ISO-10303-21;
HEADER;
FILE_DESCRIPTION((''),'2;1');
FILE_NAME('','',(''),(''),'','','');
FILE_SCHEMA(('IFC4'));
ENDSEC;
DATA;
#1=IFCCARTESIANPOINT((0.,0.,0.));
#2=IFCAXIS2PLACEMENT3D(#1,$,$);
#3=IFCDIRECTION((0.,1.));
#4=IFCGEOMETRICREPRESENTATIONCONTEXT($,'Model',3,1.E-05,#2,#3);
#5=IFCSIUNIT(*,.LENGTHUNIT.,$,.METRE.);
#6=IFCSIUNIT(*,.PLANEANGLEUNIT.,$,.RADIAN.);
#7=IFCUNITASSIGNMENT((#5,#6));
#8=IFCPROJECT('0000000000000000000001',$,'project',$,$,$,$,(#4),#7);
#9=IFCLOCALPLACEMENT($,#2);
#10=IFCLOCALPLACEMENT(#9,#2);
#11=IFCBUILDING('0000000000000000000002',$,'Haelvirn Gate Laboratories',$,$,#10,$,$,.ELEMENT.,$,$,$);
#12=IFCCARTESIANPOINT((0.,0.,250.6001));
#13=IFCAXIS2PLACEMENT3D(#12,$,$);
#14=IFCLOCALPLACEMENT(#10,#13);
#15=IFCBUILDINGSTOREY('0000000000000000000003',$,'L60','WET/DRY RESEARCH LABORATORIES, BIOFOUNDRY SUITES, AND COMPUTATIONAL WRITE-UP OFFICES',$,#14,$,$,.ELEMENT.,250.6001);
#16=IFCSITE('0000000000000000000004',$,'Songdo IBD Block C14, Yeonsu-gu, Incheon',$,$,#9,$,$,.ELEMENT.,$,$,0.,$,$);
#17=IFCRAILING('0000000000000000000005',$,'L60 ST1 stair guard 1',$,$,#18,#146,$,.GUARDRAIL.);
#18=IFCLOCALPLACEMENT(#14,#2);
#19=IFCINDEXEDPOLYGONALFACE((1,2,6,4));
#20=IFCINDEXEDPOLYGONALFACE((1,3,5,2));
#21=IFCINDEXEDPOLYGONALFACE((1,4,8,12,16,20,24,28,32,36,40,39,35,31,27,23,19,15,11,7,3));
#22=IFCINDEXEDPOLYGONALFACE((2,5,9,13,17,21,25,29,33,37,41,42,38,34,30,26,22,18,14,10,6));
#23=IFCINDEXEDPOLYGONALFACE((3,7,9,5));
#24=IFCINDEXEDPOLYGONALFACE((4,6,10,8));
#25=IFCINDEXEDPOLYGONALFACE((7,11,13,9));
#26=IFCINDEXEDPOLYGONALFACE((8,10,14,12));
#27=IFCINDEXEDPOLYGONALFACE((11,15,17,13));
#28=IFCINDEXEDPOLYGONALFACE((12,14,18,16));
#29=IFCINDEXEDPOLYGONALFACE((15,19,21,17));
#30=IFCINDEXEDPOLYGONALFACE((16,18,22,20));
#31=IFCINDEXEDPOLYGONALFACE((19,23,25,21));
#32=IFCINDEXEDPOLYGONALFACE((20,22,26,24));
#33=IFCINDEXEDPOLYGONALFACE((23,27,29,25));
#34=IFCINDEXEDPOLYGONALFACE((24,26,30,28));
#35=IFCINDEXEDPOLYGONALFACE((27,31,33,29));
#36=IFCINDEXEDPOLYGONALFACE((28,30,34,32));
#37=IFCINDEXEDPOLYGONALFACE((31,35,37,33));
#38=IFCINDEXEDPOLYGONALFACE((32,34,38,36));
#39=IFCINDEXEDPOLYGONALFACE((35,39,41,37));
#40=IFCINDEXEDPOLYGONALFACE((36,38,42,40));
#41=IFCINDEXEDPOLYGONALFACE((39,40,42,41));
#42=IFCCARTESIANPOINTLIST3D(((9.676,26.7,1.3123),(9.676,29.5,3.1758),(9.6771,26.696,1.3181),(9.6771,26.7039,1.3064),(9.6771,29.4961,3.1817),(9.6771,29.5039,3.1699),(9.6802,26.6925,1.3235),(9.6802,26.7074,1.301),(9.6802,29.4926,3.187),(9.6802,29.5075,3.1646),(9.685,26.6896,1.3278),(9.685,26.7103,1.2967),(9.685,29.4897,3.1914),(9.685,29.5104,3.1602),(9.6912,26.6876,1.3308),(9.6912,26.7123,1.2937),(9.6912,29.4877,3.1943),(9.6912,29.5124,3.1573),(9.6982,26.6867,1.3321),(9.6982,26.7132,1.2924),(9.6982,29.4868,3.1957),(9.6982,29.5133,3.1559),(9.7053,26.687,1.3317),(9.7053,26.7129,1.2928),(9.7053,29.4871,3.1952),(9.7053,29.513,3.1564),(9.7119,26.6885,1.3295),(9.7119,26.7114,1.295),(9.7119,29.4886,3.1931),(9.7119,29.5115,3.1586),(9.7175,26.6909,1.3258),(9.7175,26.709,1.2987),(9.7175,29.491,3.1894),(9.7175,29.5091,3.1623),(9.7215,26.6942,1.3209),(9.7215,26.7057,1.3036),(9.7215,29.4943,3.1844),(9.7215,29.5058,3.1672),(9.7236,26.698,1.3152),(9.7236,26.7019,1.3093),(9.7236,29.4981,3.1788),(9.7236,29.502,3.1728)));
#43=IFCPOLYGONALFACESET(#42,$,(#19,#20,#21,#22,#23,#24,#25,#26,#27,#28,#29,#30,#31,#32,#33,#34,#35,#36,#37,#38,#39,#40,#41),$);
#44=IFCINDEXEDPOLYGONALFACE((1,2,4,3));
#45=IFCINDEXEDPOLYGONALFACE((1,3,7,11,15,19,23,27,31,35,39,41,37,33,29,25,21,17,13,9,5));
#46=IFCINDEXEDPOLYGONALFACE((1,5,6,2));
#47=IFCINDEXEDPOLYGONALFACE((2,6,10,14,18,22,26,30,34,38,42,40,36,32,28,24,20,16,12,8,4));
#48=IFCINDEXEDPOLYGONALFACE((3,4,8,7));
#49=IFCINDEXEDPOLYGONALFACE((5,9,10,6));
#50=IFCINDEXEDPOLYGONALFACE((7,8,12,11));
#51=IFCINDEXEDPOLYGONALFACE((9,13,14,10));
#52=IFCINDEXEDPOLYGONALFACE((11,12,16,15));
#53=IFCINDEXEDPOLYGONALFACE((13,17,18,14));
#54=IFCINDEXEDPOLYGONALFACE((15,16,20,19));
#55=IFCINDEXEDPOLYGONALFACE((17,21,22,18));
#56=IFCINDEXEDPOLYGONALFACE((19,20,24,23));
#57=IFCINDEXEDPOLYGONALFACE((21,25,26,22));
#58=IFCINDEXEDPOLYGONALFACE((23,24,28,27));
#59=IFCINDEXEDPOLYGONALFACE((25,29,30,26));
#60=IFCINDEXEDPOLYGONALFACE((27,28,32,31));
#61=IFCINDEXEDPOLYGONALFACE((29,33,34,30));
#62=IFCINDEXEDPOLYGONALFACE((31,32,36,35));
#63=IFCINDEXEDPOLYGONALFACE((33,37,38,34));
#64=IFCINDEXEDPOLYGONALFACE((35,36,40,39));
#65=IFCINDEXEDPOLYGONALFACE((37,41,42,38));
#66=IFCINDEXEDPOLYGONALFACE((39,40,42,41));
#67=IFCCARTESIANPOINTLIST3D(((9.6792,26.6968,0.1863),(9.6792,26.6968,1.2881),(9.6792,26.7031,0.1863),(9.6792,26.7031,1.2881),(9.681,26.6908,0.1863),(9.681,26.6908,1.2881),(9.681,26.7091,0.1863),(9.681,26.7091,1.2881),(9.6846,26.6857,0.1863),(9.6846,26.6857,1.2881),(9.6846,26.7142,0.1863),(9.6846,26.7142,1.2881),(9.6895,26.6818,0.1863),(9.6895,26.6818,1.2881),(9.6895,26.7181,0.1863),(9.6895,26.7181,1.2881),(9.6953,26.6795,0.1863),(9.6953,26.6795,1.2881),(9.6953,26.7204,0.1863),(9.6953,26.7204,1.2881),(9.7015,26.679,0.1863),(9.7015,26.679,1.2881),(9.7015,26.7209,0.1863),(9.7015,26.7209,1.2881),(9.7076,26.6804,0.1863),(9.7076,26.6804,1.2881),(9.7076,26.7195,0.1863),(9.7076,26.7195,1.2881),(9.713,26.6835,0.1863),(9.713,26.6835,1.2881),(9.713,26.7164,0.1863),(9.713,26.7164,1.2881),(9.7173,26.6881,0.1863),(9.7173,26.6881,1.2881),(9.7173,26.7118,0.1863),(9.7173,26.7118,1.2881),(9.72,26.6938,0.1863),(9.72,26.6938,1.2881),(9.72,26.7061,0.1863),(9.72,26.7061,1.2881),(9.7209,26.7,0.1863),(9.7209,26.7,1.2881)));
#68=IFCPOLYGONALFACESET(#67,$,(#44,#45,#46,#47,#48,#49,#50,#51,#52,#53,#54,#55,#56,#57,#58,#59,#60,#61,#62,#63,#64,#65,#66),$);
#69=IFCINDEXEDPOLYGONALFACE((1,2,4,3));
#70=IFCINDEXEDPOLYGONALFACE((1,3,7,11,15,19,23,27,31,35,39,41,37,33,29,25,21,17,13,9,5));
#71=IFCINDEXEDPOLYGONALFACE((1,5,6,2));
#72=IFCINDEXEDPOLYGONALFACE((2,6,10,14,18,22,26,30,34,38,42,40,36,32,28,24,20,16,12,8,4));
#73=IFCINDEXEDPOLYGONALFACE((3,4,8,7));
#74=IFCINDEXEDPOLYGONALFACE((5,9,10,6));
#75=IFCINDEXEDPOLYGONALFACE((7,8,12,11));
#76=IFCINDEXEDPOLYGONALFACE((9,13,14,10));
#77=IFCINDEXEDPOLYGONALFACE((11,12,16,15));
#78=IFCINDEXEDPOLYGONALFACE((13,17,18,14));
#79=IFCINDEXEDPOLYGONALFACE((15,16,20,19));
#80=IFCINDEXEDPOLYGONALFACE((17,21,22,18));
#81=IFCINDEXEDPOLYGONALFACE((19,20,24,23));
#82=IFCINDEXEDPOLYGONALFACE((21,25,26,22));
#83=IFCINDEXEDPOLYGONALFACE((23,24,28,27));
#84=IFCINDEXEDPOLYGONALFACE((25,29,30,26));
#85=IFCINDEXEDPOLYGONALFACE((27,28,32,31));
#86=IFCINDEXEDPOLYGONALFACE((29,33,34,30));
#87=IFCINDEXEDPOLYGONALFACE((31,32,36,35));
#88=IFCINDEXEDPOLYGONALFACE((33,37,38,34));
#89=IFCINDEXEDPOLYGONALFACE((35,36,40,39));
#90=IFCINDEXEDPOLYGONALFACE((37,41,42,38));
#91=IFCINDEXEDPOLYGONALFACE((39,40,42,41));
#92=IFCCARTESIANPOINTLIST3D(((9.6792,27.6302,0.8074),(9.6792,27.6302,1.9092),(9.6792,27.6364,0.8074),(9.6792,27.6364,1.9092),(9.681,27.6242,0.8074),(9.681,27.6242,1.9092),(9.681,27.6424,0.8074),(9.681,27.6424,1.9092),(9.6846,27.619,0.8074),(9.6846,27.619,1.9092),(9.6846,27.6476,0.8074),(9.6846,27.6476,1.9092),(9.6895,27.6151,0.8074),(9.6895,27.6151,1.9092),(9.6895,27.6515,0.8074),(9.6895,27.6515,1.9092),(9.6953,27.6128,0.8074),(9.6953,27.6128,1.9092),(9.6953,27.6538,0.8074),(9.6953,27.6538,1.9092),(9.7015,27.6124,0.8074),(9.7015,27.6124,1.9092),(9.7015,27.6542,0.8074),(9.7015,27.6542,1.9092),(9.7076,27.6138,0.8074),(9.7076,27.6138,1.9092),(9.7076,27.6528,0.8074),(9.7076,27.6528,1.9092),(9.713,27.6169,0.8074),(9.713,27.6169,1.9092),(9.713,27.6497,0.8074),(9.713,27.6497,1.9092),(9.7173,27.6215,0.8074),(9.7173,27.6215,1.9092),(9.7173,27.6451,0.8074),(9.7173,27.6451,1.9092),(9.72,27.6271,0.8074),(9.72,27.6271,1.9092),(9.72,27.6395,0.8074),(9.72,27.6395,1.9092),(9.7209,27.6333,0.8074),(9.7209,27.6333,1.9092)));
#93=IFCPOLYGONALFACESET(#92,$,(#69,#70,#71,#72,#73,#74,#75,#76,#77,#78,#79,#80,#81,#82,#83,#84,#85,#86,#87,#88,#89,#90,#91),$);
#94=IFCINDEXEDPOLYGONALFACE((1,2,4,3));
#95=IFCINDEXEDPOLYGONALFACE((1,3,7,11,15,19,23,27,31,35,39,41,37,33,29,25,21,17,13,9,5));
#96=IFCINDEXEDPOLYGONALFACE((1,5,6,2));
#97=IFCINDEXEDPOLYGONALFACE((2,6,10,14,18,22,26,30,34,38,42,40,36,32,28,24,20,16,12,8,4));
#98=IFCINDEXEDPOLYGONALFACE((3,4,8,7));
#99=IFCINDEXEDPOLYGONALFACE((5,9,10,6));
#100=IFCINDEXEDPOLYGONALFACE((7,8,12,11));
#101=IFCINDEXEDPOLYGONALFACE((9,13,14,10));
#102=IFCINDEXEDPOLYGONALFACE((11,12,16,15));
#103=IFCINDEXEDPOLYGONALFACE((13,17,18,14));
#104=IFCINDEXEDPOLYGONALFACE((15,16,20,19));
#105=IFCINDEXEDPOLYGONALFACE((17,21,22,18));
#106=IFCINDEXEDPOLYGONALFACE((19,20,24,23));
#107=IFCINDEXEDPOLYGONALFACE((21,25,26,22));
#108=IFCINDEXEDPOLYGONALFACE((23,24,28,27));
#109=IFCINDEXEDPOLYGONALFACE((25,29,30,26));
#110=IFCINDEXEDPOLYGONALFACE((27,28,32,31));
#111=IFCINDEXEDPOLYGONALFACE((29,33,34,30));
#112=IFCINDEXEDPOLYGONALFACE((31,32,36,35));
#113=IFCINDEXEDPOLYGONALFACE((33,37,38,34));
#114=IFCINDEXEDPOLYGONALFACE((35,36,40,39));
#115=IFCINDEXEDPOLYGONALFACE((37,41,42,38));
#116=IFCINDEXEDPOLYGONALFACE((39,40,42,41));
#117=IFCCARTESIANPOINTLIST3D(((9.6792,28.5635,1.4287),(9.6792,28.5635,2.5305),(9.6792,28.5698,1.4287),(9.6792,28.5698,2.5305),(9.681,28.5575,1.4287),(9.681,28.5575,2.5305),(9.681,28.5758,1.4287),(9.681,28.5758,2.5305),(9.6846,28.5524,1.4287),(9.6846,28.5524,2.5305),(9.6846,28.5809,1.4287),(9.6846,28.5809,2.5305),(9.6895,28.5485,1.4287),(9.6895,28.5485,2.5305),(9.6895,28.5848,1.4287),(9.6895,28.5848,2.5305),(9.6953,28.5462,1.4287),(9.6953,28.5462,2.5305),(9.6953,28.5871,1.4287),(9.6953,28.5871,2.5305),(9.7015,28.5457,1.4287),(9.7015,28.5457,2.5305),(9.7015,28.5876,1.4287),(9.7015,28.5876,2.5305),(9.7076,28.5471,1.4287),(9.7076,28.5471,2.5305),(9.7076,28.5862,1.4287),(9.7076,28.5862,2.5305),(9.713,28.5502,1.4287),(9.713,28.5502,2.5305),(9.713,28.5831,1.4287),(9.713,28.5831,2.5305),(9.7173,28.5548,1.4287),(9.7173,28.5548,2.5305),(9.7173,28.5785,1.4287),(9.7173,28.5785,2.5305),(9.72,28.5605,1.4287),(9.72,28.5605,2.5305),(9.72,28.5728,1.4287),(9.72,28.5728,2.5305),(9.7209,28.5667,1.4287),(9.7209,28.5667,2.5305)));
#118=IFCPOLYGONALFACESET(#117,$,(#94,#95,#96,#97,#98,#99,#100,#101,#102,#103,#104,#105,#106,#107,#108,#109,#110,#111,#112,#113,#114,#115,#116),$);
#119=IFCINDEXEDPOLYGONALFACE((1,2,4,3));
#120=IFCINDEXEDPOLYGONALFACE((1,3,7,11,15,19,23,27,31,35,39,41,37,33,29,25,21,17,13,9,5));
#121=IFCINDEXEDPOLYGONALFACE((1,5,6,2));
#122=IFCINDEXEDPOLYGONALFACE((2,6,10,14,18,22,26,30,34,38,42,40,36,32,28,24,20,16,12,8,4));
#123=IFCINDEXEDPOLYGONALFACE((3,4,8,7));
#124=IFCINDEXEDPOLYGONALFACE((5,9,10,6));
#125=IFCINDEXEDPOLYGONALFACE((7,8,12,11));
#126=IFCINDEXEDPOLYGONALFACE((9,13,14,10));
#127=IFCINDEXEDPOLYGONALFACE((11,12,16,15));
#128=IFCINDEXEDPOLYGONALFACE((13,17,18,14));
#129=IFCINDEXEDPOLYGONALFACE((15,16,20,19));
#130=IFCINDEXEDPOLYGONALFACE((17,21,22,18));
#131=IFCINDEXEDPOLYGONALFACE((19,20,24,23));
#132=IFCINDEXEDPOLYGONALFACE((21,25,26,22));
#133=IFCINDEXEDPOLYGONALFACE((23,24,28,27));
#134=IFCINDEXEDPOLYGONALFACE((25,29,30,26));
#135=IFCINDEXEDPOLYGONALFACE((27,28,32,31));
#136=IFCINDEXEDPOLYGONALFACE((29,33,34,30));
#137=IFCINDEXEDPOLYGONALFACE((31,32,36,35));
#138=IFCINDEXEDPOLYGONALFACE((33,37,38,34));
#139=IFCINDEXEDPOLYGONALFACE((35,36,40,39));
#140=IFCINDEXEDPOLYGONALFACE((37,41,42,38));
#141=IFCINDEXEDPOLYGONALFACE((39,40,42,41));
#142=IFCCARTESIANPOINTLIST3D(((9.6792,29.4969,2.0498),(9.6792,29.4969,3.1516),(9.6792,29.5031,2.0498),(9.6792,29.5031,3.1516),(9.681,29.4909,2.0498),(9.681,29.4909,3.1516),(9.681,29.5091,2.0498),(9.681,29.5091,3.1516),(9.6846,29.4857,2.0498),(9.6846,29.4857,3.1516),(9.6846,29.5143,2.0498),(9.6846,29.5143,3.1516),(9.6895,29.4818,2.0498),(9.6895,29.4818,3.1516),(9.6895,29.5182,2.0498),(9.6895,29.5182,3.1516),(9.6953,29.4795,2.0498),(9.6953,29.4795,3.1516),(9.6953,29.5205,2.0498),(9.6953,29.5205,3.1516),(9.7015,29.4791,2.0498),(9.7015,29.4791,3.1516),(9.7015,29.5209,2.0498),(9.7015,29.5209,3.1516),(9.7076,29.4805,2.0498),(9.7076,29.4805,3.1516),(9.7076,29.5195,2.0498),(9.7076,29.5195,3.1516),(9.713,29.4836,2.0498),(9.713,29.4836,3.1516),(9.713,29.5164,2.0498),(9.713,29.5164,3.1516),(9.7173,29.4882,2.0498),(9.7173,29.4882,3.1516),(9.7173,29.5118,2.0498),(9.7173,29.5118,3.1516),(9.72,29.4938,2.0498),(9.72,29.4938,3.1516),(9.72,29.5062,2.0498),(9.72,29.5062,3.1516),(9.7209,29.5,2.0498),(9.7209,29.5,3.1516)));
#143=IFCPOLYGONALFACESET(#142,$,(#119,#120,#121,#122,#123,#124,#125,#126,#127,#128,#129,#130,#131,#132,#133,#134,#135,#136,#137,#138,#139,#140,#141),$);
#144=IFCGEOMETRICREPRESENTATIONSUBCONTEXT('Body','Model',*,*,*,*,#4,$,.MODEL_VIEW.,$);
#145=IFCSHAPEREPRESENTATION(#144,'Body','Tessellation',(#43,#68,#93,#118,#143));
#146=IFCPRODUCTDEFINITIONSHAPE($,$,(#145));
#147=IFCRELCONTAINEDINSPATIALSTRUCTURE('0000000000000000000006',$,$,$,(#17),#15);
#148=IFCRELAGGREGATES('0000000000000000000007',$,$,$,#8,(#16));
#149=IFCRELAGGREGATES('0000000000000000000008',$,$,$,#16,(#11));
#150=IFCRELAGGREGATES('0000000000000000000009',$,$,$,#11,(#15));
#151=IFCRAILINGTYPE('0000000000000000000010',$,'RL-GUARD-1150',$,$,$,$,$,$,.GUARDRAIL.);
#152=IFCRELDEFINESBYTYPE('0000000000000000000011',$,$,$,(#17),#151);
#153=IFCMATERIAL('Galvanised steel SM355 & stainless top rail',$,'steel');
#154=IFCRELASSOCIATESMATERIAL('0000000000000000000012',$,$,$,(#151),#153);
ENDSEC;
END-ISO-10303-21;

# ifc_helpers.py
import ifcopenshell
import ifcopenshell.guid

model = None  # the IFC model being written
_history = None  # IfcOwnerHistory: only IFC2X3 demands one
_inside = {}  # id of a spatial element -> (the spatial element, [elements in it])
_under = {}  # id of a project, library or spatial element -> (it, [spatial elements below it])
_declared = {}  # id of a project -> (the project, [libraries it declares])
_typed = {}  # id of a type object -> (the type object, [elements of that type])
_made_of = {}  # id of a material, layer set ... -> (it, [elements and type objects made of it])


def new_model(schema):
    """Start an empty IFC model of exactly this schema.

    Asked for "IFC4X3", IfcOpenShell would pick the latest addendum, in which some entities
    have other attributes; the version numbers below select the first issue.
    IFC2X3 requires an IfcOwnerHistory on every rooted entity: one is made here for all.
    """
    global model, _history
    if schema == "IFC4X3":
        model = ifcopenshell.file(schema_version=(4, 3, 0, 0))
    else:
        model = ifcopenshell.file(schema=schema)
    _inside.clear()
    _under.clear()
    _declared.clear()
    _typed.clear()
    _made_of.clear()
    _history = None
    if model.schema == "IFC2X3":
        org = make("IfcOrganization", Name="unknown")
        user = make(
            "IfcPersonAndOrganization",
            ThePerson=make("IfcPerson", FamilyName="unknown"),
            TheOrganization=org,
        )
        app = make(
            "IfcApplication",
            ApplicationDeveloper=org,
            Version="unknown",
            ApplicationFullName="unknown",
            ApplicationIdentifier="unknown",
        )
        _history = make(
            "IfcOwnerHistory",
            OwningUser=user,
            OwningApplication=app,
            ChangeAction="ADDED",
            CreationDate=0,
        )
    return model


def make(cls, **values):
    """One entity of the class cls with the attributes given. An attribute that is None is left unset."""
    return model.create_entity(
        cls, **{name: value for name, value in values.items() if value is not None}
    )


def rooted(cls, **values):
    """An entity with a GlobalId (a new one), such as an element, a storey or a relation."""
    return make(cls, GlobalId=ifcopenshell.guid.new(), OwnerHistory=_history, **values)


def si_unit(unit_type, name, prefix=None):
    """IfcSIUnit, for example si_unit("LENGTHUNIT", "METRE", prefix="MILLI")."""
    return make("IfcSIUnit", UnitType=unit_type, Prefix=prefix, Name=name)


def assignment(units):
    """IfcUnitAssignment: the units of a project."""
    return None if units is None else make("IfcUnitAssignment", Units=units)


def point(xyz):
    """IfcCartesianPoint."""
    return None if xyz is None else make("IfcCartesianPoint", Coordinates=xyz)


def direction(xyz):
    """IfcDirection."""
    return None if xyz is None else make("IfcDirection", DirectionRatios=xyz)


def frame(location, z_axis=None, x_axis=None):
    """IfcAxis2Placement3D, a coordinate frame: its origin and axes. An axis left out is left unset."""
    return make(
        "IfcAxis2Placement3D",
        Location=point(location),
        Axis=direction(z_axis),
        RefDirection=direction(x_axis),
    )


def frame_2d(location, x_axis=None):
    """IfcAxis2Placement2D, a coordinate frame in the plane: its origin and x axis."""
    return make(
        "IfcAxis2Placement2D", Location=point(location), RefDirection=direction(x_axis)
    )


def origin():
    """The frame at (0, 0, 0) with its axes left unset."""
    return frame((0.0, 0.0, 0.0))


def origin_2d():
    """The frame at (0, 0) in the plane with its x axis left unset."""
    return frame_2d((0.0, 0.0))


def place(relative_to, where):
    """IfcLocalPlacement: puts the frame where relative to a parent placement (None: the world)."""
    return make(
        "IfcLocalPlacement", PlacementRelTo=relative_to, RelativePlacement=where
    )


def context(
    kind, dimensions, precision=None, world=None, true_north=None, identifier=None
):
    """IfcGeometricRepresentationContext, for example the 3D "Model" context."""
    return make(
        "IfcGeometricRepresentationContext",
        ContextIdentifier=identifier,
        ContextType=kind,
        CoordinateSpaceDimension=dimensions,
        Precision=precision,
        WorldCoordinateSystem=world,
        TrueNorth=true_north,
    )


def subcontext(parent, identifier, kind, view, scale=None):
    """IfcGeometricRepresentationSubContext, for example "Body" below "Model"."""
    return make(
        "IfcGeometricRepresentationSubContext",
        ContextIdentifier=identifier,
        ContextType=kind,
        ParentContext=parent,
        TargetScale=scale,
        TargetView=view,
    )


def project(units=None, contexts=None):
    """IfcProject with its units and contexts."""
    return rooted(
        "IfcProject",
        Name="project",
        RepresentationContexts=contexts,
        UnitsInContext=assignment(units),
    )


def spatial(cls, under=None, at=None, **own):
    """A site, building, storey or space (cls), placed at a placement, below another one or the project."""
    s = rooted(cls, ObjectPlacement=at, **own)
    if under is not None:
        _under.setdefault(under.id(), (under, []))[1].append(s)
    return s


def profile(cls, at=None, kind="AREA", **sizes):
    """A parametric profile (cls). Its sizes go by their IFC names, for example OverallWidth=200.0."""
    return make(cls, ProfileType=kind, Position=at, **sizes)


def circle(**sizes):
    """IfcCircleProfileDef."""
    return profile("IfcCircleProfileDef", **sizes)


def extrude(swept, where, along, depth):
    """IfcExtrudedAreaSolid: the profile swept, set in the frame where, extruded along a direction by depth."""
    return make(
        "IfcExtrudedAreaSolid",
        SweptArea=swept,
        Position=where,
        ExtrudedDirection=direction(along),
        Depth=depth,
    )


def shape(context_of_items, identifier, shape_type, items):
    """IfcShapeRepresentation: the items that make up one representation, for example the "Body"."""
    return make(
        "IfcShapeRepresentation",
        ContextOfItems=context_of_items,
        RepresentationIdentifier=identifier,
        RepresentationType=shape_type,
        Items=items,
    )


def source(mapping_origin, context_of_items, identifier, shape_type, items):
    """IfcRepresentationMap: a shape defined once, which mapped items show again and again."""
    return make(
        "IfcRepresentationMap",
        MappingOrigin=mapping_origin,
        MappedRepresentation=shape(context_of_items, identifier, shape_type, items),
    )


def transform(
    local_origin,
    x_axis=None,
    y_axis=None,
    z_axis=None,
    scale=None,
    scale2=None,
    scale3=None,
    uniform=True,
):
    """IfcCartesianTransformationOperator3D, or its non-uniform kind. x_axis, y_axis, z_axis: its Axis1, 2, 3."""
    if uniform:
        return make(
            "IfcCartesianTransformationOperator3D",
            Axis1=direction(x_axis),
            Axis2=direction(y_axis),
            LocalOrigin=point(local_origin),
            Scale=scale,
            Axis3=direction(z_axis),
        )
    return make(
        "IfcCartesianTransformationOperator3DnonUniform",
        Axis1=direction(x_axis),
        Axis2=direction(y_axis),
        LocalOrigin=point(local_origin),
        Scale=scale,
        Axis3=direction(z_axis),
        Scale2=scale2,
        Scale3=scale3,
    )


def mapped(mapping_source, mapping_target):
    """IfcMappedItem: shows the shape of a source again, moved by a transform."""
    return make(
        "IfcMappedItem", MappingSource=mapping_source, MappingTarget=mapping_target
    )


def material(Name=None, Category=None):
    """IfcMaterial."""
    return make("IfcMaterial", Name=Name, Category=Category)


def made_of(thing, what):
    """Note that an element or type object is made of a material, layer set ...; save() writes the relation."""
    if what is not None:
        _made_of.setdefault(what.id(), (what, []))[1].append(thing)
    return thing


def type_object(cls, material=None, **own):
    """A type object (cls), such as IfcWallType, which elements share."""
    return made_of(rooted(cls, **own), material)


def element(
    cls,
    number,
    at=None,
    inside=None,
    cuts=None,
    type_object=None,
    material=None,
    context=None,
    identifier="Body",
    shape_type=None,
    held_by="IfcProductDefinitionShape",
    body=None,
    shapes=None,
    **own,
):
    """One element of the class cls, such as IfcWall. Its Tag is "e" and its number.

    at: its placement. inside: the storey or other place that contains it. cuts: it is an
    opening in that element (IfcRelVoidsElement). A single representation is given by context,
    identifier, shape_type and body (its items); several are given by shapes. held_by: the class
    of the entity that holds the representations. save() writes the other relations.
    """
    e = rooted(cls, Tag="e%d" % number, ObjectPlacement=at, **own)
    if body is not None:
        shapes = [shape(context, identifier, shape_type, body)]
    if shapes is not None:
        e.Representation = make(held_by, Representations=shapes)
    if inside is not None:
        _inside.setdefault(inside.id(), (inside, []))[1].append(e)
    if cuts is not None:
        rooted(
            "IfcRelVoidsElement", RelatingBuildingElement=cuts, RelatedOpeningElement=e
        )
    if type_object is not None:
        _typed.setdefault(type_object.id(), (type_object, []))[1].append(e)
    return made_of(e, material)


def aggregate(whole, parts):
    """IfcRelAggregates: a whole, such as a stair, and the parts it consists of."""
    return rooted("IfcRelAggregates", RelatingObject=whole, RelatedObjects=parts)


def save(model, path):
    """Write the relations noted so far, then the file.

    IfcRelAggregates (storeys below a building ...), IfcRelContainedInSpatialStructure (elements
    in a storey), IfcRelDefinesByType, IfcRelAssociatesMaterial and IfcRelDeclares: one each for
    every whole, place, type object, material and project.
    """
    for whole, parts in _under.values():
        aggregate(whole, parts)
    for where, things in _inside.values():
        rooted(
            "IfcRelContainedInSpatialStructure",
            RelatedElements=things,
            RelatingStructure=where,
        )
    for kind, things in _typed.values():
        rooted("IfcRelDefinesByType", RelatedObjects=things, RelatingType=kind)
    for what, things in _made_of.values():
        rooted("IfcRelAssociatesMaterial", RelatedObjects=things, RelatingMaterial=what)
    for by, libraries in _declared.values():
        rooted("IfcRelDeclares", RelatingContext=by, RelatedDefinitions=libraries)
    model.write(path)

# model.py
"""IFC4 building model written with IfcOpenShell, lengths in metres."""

from ifc_helpers import new_model, si_unit, direction, frame, origin, origin_2d, place, context, subcontext, project, spatial, circle, extrude, source, transform, mapped, material, type_object, element, save


model = new_model("IFC4")

# Units and contexts
model_context = context("Model", 3, precision=1e-05, world=origin(), true_north=direction((0.0, 1.0)))
body_context = subcontext(model_context, "Body", "Model", "MODEL_VIEW")
ifc_project = project(units=[si_unit("LENGTHUNIT", "METRE"), si_unit("PLANEANGLEUNIT", "RADIAN")], contexts=[model_context])

# Site, building, storey
site_placement = place(None, origin())
site = spatial("IfcSite", under=ifc_project, at=site_placement, Name="Songdo IBD Block C14, Yeonsu-gu, Incheon", CompositionType="ELEMENT", RefElevation=0.0)
building_placement = place(site_placement, origin())
building = spatial("IfcBuilding", under=site, at=building_placement, Name="Haelvirn Gate Laboratories", CompositionType="ELEMENT")
storey_placement = place(building_placement, frame((0.0, 0.0, 250.6001)))
storey = spatial("IfcBuildingStorey", under=building, at=storey_placement, Name="L60", Description="WET/DRY RESEARCH LABORATORIES, BIOFOUNDRY SUITES, AND COMPUTATIONAL WRITE-UP OFFICES", CompositionType="ELEMENT", Elevation=250.6001)

# Railing
ifc_material_1 = material(Name="Galvanised steel SM355 & stainless top rail", Category="steel")
railing_type_1 = type_object("IfcRailingType", Name="RL-GUARD-1150", PredefinedType="GUARDRAIL", material=ifc_material_1)
shared_shape_1 = source(origin(), body_context, "Body", "SweptSolid", [
    extrude(circle(Radius=0.0239, at=origin_2d()), frame((0.0, 0.0, 1.126), z_axis=(0.0, 0.832486, 0.554047), x_axis=(-1.0, 0.0, 0.0)), (0.0, 0.0, 1.0), 3.3635),
    extrude(circle(Radius=0.021, at=origin_2d()), origin(), (0.0, 0.0, 1.0), 1.1018),
    extrude(circle(Radius=0.021, at=origin_2d()), frame((0.0, 0.9333, 0.6211)), (0.0, 0.0, 1.0), 1.1018),
    extrude(circle(Radius=0.021, at=origin_2d()), frame((0.0, 1.8667, 1.2424)), (0.0, 0.0, 1.0), 1.1018),
    extrude(circle(Radius=0.021, at=origin_2d()), frame((0.0, 2.8, 1.8635)), (0.0, 0.0, 1.0), 1.1018),
])
railing_1_placement = place(storey_placement, frame((9.7, 26.7, 0.1863)))
element("IfcRailing", 1, at=railing_1_placement, inside=storey, type_object=railing_type_1, Name="L60 ST1 stair guard 1", PredefinedType="GUARDRAIL", context=body_context, shape_type="MappedRepresentation", body=[
    mapped(shared_shape_1, transform((0.0, 0.0, 0.0), scale=1.0)),
])

save(model, "model.ifc")
